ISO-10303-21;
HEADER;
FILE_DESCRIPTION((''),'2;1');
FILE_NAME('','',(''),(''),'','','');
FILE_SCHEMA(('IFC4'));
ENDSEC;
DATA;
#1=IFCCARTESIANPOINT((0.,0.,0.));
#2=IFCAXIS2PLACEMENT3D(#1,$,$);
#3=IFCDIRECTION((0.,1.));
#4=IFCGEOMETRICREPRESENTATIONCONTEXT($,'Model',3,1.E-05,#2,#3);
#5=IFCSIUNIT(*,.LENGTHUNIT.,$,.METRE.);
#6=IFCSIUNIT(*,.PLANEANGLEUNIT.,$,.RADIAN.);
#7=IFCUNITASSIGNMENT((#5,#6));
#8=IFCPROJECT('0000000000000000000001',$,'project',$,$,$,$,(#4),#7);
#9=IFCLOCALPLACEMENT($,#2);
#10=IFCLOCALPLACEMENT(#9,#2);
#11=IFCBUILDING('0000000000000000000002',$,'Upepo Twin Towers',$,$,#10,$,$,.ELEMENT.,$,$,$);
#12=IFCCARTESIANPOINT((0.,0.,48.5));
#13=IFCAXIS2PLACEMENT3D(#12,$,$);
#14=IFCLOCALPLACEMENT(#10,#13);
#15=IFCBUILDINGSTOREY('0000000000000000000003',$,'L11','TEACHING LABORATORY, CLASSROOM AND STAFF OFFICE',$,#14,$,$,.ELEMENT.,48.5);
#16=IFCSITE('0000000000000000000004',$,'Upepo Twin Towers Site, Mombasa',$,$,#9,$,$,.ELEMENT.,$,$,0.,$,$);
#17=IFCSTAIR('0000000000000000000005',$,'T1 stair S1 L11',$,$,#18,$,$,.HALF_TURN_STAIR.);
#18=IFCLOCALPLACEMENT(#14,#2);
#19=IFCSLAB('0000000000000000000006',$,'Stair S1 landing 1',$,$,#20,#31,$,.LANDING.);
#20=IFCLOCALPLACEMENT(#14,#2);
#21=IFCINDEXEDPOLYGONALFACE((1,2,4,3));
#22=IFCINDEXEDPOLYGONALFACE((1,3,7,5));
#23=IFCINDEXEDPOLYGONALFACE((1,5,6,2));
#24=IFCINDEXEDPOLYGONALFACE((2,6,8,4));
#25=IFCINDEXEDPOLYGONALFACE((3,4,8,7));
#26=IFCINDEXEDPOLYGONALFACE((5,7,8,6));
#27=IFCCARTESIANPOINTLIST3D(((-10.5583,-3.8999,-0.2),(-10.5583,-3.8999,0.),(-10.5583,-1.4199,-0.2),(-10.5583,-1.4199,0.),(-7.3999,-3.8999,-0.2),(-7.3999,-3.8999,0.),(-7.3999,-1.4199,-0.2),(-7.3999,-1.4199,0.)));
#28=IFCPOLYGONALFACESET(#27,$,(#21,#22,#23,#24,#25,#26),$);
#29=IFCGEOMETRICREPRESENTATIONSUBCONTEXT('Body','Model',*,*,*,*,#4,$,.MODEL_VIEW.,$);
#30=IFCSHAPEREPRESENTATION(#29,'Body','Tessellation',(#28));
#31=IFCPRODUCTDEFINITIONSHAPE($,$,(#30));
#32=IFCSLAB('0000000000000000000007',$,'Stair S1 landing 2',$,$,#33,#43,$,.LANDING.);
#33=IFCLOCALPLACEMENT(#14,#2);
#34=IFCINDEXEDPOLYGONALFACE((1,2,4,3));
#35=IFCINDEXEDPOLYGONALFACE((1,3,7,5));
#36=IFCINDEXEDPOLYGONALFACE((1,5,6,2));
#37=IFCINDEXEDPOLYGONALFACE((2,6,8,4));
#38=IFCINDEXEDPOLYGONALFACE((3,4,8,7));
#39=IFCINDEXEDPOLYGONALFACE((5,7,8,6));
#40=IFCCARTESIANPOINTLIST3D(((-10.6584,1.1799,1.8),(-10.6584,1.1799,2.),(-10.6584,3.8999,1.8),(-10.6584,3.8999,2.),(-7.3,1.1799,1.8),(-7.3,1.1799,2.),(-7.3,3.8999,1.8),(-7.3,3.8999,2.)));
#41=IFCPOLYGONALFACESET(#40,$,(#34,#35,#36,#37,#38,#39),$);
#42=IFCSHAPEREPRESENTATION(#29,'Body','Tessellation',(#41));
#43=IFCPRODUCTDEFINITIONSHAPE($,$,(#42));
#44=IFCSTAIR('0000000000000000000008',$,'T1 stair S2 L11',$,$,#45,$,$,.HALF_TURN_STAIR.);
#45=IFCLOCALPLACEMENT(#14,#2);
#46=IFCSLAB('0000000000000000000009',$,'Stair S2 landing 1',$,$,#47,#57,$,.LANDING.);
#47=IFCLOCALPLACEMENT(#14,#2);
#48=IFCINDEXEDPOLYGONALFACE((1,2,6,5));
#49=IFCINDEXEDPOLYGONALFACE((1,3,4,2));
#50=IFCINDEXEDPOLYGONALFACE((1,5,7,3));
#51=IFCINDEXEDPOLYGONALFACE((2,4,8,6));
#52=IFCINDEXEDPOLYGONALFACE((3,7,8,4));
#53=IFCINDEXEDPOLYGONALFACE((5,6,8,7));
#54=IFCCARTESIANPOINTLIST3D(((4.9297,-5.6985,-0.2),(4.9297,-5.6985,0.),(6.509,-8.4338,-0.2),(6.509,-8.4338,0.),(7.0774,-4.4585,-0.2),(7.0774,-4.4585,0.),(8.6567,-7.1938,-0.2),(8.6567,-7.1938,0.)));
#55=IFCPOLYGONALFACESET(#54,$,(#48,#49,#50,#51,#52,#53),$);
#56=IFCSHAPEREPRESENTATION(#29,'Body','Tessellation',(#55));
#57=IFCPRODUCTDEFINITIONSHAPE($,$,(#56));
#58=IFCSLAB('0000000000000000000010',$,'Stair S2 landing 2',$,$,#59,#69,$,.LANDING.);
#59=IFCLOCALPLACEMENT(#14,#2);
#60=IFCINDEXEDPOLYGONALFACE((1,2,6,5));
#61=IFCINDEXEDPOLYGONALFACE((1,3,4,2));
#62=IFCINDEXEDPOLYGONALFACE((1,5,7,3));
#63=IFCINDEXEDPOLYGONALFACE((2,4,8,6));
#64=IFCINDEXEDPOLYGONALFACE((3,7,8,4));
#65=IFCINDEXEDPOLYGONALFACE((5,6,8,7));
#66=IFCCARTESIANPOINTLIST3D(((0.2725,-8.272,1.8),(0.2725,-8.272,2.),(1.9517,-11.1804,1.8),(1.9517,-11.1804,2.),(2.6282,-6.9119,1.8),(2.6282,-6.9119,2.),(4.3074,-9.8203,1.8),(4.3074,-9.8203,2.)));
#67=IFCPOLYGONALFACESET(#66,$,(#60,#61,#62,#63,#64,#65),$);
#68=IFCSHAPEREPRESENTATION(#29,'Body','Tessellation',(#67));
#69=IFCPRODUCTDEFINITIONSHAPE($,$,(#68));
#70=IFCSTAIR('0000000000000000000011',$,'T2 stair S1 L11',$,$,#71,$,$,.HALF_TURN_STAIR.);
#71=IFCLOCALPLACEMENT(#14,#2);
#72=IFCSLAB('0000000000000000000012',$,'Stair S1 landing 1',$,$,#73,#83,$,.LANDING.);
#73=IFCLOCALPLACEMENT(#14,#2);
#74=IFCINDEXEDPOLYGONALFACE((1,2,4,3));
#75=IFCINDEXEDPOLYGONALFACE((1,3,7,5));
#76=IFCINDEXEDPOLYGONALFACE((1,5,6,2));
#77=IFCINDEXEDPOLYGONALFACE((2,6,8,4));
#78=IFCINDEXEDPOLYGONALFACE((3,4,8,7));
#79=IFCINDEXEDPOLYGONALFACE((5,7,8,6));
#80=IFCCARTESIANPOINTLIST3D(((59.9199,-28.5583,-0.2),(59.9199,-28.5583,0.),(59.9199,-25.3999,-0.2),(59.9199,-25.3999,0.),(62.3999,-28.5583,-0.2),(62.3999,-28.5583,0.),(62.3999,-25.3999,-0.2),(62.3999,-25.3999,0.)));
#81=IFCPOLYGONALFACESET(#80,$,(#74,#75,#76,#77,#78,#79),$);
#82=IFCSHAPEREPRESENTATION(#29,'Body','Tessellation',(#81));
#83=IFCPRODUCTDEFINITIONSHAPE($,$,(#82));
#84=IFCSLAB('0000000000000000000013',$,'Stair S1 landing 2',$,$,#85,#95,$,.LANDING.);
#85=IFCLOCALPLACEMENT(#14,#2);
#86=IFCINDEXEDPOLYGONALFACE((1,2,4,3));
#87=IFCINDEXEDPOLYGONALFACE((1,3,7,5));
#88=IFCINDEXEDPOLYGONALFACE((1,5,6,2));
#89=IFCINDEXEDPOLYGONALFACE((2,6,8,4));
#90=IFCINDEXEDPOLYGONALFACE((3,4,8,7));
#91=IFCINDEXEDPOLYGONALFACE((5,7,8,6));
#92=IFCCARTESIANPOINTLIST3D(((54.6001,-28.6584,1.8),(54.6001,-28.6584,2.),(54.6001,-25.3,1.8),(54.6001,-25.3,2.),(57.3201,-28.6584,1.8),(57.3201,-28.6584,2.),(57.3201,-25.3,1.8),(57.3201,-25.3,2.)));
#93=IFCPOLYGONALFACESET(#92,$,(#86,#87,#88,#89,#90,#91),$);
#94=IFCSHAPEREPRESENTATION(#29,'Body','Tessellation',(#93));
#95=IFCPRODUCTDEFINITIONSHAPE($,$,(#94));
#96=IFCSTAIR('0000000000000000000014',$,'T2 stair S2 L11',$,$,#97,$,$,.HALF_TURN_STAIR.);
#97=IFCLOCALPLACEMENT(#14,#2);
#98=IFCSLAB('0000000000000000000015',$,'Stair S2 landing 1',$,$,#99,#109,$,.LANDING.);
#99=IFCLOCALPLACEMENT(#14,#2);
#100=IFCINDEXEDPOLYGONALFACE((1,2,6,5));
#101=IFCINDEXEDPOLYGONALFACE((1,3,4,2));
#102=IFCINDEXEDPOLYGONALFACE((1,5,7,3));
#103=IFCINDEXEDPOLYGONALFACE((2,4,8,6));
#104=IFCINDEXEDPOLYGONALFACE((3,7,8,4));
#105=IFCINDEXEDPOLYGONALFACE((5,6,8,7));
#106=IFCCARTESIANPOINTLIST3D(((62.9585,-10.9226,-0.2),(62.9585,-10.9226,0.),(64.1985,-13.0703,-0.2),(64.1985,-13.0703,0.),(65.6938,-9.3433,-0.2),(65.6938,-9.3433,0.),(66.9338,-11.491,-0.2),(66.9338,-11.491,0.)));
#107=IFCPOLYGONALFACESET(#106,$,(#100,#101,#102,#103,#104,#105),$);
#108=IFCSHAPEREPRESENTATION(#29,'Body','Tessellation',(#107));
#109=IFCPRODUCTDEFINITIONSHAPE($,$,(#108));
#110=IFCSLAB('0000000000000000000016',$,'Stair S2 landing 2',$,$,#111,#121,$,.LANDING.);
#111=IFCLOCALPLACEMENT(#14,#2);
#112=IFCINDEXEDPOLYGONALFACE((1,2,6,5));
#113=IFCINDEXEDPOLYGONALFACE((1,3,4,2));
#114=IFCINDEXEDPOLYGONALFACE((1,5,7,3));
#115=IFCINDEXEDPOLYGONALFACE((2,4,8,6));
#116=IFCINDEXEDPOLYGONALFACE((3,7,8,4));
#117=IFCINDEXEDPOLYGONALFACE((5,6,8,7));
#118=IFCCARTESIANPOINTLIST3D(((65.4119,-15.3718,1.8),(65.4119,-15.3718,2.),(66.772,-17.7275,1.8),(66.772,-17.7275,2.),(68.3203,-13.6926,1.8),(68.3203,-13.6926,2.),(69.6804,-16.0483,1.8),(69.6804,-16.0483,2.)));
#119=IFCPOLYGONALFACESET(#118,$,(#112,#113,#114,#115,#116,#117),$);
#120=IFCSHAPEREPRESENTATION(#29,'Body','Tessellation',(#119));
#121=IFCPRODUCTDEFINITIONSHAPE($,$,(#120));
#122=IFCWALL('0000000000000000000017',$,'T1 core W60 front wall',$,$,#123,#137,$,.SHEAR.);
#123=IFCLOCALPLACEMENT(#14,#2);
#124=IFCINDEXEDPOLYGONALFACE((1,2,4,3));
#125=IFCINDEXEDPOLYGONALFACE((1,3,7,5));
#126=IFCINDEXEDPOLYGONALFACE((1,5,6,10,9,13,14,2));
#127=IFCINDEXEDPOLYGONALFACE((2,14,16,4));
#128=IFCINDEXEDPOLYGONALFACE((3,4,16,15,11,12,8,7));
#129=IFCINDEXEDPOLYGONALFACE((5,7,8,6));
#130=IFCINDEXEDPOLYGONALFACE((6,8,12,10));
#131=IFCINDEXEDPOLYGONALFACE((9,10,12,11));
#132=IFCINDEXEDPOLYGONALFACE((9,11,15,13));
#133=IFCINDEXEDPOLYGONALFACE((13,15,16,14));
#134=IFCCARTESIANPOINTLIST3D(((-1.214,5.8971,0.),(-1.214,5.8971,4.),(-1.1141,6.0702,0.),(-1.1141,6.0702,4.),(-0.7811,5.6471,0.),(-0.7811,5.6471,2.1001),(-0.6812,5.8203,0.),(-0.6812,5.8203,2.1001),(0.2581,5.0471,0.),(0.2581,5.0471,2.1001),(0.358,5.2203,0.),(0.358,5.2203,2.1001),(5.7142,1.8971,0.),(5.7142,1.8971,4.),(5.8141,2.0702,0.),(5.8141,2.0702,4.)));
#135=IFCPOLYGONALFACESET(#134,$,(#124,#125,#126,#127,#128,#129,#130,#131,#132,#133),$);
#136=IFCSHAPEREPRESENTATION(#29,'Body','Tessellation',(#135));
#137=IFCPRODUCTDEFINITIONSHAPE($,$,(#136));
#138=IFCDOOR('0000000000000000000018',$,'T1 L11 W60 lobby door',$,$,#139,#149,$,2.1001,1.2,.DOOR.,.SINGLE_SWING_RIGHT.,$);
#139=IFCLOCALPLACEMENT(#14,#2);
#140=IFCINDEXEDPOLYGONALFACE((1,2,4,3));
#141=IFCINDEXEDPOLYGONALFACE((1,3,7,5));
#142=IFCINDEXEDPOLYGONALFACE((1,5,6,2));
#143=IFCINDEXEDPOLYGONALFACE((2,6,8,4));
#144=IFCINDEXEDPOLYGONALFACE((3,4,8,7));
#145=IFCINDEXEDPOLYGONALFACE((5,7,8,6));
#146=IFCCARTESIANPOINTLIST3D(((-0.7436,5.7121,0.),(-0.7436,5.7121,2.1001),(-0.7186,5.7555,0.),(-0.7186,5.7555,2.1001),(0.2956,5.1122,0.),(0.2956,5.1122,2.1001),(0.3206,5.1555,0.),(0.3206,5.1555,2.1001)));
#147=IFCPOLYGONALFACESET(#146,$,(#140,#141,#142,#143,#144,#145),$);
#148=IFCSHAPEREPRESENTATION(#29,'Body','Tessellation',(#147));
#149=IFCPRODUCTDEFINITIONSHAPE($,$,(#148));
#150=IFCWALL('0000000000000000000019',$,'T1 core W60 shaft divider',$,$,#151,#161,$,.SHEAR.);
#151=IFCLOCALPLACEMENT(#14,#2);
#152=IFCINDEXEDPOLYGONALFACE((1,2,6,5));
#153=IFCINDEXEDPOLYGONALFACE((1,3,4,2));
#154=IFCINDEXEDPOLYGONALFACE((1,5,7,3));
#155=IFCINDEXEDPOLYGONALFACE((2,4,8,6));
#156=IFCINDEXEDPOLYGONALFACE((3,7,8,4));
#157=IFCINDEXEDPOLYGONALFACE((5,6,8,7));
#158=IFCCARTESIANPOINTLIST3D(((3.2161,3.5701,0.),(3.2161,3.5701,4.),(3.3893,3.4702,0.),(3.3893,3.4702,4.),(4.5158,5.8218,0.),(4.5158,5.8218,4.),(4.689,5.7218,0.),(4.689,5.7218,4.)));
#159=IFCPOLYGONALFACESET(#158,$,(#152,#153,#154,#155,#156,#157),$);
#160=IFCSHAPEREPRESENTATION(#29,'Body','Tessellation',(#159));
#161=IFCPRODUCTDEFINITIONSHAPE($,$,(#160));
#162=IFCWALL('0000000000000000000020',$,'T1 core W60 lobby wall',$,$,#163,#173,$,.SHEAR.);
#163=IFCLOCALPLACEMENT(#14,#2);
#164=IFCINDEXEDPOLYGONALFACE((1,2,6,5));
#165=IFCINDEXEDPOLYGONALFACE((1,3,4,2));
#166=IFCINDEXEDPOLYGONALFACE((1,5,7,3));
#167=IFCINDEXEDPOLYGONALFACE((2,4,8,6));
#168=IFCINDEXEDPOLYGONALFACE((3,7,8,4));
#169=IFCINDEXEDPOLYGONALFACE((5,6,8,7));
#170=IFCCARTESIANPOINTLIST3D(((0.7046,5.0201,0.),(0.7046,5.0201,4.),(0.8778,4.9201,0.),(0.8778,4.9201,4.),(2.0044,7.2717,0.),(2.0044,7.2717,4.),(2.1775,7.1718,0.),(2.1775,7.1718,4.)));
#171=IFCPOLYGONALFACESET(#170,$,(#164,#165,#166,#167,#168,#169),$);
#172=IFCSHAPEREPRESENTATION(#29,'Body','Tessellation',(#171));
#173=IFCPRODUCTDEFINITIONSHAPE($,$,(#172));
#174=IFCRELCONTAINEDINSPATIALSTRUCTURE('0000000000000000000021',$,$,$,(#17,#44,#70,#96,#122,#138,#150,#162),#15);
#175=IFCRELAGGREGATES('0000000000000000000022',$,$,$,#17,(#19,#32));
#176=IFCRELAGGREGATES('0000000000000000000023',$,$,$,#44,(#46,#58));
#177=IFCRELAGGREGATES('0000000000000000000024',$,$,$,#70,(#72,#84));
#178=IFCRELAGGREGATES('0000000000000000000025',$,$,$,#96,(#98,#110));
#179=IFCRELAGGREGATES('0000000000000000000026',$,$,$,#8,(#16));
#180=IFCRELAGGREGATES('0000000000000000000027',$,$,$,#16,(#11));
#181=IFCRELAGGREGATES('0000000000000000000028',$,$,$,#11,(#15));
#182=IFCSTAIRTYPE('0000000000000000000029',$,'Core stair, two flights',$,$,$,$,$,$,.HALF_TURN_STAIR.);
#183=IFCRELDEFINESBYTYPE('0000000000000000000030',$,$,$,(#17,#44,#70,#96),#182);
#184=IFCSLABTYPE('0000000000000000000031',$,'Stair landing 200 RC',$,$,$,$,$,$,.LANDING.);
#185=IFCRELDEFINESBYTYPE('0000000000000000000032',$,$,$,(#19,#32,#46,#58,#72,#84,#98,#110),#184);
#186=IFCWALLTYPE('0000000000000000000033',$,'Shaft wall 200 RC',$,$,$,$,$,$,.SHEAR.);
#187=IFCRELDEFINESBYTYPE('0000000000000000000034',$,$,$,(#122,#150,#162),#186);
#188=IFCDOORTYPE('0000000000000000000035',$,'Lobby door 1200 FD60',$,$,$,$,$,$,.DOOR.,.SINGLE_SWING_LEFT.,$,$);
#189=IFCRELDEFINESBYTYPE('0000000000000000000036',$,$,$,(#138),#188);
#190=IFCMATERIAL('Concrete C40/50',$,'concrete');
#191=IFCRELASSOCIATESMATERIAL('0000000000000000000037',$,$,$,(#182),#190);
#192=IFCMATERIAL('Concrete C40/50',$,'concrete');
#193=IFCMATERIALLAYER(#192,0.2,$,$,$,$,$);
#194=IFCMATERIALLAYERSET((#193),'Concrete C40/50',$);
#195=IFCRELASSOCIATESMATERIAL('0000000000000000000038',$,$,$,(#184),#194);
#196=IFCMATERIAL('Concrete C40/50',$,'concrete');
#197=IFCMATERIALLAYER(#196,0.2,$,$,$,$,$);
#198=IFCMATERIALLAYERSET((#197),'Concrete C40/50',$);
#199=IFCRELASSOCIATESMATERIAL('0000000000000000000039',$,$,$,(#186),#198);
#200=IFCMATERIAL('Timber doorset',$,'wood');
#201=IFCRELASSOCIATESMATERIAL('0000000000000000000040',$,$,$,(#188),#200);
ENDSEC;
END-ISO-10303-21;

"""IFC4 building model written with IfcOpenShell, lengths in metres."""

from ifc_helpers import new_model, si_unit, direction, frame, frame_2d, origin, place, context, subcontext, project, spatial, polyline, rectangle, outline, extrude, material, layer, layer_set, type_object, element, fill, aggregate, save


model = new_model("IFC4")

# Units and contexts
model_context = context("Model", 3, precision=1e-05, world=origin(), true_north=direction((0.0, 1.0)))
body_context = subcontext(model_context, "Body", "Model", "MODEL_VIEW")
ifc_project = project(units=[si_unit("LENGTHUNIT", "METRE"), si_unit("PLANEANGLEUNIT", "RADIAN")], contexts=[model_context])

# Site, building, storey
site_placement = place(None, origin())
site = spatial("IfcSite", under=ifc_project, at=site_placement, Name="Upepo Twin Towers Site, Mombasa", CompositionType="ELEMENT", RefElevation=0.0)
building_placement = place(site_placement, origin())
building = spatial("IfcBuilding", under=site, at=building_placement, Name="Upepo Twin Towers", CompositionType="ELEMENT")
storey_placement = place(building_placement, frame((0.0, 0.0, 48.5)))
storey = spatial("IfcBuildingStorey", under=building, at=storey_placement, Name="L11", Description="TEACHING LABORATORY, CLASSROOM AND STAFF OFFICE", CompositionType="ELEMENT", Elevation=48.5)

# Stairs, slabs
ifc_material_1 = material(Name="Concrete C40/50", Category="concrete")
stair_type = type_object("IfcStairType", Name="Core stair, two flights", PredefinedType="HALF_TURN_STAIR", material=ifc_material_1)
stair_1_placement = place(storey_placement, origin())
stair_1 = element("IfcStair", 1, at=stair_1_placement, inside=storey, type_object=stair_type, Name="T1 stair S1 L11", PredefinedType="HALF_TURN_STAIR")
ifc_material_2 = material(Name="Concrete C40/50", Category="concrete")
ifc_layer_1 = layer(ifc_material_2, 0.2)
ifc_layer_set_1 = layer_set([ifc_layer_1], Name="Concrete C40/50")
slab_type = type_object("IfcSlabType", Name="Stair landing 200 RC", PredefinedType="LANDING", material=ifc_layer_set_1)
slab_1_placement = place(storey_placement, frame((0.0, 0.0, -0.2)))
slab_1 = element("IfcSlab", 2, at=slab_1_placement, type_object=slab_type, Name="Stair S1 landing 1", PredefinedType="LANDING", context=body_context, shape_type="SweptSolid", body=[
    extrude(outline(polyline([(-7.3999, -1.4199), (-10.5583, -1.4199), (-10.5583, -3.8999), (-7.3999, -3.8999), (-7.3999, -1.4199)])), origin(), (0.0, 0.0, 1.0), 0.2),
])
slab_2_placement = place(storey_placement, frame((0.0, 0.0, 1.8)))
slab_2 = element("IfcSlab", 3, at=slab_2_placement, type_object=slab_type, Name="Stair S1 landing 2", PredefinedType="LANDING", context=body_context, shape_type="SweptSolid", body=[
    extrude(outline(polyline([(-7.3, 3.8999), (-10.6584, 3.8999), (-10.6584, 1.1799), (-7.3, 1.1799), (-7.3, 3.8999)])), origin(), (0.0, 0.0, 1.0), 0.2),
])
aggregate(stair_1, [slab_1, slab_2])
stair_2_placement = place(storey_placement, origin())
stair_2 = element("IfcStair", 4, at=stair_2_placement, inside=storey, type_object=stair_type, Name="T1 stair S2 L11", PredefinedType="HALF_TURN_STAIR")
slab_3_placement = place(storey_placement, frame((0.0, 0.0, -0.2)))
slab_3 = element("IfcSlab", 5, at=slab_3_placement, type_object=slab_type, Name="Stair S2 landing 1", PredefinedType="LANDING", context=body_context, shape_type="SweptSolid", body=[
    extrude(outline(polyline([(4.9297, -5.6985), (6.509, -8.4338), (8.6567, -7.1938), (7.0774, -4.4585), (4.9297, -5.6985)])), origin(), (0.0, 0.0, 1.0), 0.2),
])
slab_4_placement = place(storey_placement, frame((0.0, 0.0, 1.8)))
slab_4 = element("IfcSlab", 6, at=slab_4_placement, type_object=slab_type, Name="Stair S2 landing 2", PredefinedType="LANDING", context=body_context, shape_type="SweptSolid", body=[
    extrude(outline(polyline([(0.2725, -8.272), (1.9517, -11.1804), (4.3074, -9.8203), (2.6282, -6.9119), (0.2725, -8.272)])), origin(), (0.0, 0.0, 1.0), 0.2),
])
aggregate(stair_2, [slab_3, slab_4])
stair_3_placement = place(storey_placement, origin())
stair_3 = element("IfcStair", 7, at=stair_3_placement, inside=storey, type_object=stair_type, Name="T2 stair S1 L11", PredefinedType="HALF_TURN_STAIR")
slab_5_placement = place(storey_placement, frame((0.0, 0.0, -0.2)))
slab_5 = element("IfcSlab", 8, at=slab_5_placement, type_object=slab_type, Name="Stair S1 landing 1", PredefinedType="LANDING", context=body_context, shape_type="SweptSolid", body=[
    extrude(outline(polyline([(59.9199, -25.3999), (59.9199, -28.5583), (62.3999, -28.5583), (62.3999, -25.3999), (59.9199, -25.3999)])), origin(), (0.0, 0.0, 1.0), 0.2),
])
slab_6_placement = place(storey_placement, frame((0.0, 0.0, 1.8)))
slab_6 = element("IfcSlab", 9, at=slab_6_placement, type_object=slab_type, Name="Stair S1 landing 2", PredefinedType="LANDING", context=body_context, shape_type="SweptSolid", body=[
    extrude(outline(polyline([(54.6001, -25.3), (54.6001, -28.6584), (57.3201, -28.6584), (57.3201, -25.3), (54.6001, -25.3)])), origin(), (0.0, 0.0, 1.0), 0.2),
])
aggregate(stair_3, [slab_5, slab_6])
stair_4_placement = place(storey_placement, origin())
stair_4 = element("IfcStair", 10, at=stair_4_placement, inside=storey, type_object=stair_type, Name="T2 stair S2 L11", PredefinedType="HALF_TURN_STAIR")
slab_7_placement = place(storey_placement, frame((0.0, 0.0, -0.2)))
slab_7 = element("IfcSlab", 11, at=slab_7_placement, type_object=slab_type, Name="Stair S2 landing 1", PredefinedType="LANDING", context=body_context, shape_type="SweptSolid", body=[
    extrude(outline(polyline([(64.1985, -13.0703), (66.9338, -11.491), (65.6938, -9.3433), (62.9585, -10.9226), (64.1985, -13.0703)])), origin(), (0.0, 0.0, 1.0), 0.2),
])
slab_8_placement = place(storey_placement, frame((0.0, 0.0, 1.8)))
slab_8 = element("IfcSlab", 12, at=slab_8_placement, type_object=slab_type, Name="Stair S2 landing 2", PredefinedType="LANDING", context=body_context, shape_type="SweptSolid", body=[
    extrude(outline(polyline([(66.772, -17.7275), (69.6804, -16.0483), (68.3203, -13.6926), (65.4119, -15.3718), (66.772, -17.7275)])), origin(), (0.0, 0.0, 1.0), 0.2),
])
aggregate(stair_4, [slab_7, slab_8])

# Wall, opening, door
ifc_material_3 = material(Name="Concrete C40/50", Category="concrete")
ifc_layer_2 = layer(ifc_material_3, 0.2)
ifc_layer_set_2 = layer_set([ifc_layer_2], Name="Concrete C40/50")
wall_type_1 = type_object("IfcWallType", Name="Shaft wall 200 RC", PredefinedType="SHEAR", material=ifc_layer_set_2)
wall_1_placement = place(storey_placement, frame((5.7642, 1.9836, 0.0), z_axis=(0.0, 0.0, 1.0), x_axis=(-0.866026, 0.499999, 0.0)))
wall_1 = element("IfcWall", 13, at=wall_1_placement, inside=storey, type_object=wall_type_1, Name="T1 core W60 front wall", PredefinedType="SHEAR", context=body_context, shape_type="SweptSolid", body=[
    extrude(rectangle(XDim=8.0, YDim=0.2, at=frame_2d((4.0, 0.0))), origin(), (0.0, 0.0, 1.0), 4.0),
])
opening_1_placement = place(wall_1_placement, frame((6.3, 0.0, 0.0)))
opening_1 = element("IfcOpeningElement", 14, at=opening_1_placement, cuts=wall_1, PredefinedType="OPENING", context=body_context, shape_type="SweptSolid", body=[
    extrude(rectangle(XDim=1.2, YDim=2.1001, at=frame_2d((0.6001, 1.05))), frame((0.0, 0.1099, 0.0), z_axis=(0.0, -1.0, 0.0), x_axis=(1.0, 0.0, 0.0)), (0.0, 0.0, 1.0), 0.22),
])
ifc_material_4 = material(Name="Timber doorset", Category="wood")
door_type_1 = type_object("IfcDoorType", Name="Lobby door 1200 FD60", OperationType="SINGLE_SWING_LEFT", PredefinedType="DOOR", material=ifc_material_4)
door_1_placement = place(opening_1_placement, origin())
door_1 = element("IfcDoor", 15, at=door_1_placement, inside=storey, type_object=door_type_1, Name="T1 L11 W60 lobby door", OperationType="SINGLE_SWING_RIGHT", OverallHeight=2.1001, OverallWidth=1.2, PredefinedType="DOOR", context=body_context, shape_type="SweptSolid", body=[
    extrude(rectangle(XDim=1.2, YDim=2.1001, at=frame_2d((0.6001, 1.05))), frame((0.0, 0.0249, 0.0), z_axis=(0.0, -1.0, 0.0), x_axis=(1.0, 0.0, 0.0)), (0.0, 0.0, 1.0), 0.05),
])
fill(opening_1, door_1)

# Walls
for number, where, z_axis, x_axis, name in (
    (16, (3.3027, 3.5203, 0.0), (0.0, 0.0, 1.0), (0.499937, 0.866062, 0.0), "T1 core W60 shaft divider"),
    (17, (0.7913, 4.9702, 0.0), (0.0, 0.0, 1.0), (0.499937, 0.866062, 0.0), "T1 core W60 lobby wall"),
):
    element("IfcWall", number, at=place(storey_placement, frame(where, z_axis=z_axis, x_axis=x_axis)), inside=storey, type_object=wall_type_1, Name=name, PredefinedType="SHEAR", context=body_context, shape_type="SweptSolid", body=[
        extrude(rectangle(XDim=2.5999, YDim=0.2, at=frame_2d((1.2998, 0.0))), origin(), (0.0, 0.0, 1.0), 4.0),
    ])

save(model, "model.ifc")
